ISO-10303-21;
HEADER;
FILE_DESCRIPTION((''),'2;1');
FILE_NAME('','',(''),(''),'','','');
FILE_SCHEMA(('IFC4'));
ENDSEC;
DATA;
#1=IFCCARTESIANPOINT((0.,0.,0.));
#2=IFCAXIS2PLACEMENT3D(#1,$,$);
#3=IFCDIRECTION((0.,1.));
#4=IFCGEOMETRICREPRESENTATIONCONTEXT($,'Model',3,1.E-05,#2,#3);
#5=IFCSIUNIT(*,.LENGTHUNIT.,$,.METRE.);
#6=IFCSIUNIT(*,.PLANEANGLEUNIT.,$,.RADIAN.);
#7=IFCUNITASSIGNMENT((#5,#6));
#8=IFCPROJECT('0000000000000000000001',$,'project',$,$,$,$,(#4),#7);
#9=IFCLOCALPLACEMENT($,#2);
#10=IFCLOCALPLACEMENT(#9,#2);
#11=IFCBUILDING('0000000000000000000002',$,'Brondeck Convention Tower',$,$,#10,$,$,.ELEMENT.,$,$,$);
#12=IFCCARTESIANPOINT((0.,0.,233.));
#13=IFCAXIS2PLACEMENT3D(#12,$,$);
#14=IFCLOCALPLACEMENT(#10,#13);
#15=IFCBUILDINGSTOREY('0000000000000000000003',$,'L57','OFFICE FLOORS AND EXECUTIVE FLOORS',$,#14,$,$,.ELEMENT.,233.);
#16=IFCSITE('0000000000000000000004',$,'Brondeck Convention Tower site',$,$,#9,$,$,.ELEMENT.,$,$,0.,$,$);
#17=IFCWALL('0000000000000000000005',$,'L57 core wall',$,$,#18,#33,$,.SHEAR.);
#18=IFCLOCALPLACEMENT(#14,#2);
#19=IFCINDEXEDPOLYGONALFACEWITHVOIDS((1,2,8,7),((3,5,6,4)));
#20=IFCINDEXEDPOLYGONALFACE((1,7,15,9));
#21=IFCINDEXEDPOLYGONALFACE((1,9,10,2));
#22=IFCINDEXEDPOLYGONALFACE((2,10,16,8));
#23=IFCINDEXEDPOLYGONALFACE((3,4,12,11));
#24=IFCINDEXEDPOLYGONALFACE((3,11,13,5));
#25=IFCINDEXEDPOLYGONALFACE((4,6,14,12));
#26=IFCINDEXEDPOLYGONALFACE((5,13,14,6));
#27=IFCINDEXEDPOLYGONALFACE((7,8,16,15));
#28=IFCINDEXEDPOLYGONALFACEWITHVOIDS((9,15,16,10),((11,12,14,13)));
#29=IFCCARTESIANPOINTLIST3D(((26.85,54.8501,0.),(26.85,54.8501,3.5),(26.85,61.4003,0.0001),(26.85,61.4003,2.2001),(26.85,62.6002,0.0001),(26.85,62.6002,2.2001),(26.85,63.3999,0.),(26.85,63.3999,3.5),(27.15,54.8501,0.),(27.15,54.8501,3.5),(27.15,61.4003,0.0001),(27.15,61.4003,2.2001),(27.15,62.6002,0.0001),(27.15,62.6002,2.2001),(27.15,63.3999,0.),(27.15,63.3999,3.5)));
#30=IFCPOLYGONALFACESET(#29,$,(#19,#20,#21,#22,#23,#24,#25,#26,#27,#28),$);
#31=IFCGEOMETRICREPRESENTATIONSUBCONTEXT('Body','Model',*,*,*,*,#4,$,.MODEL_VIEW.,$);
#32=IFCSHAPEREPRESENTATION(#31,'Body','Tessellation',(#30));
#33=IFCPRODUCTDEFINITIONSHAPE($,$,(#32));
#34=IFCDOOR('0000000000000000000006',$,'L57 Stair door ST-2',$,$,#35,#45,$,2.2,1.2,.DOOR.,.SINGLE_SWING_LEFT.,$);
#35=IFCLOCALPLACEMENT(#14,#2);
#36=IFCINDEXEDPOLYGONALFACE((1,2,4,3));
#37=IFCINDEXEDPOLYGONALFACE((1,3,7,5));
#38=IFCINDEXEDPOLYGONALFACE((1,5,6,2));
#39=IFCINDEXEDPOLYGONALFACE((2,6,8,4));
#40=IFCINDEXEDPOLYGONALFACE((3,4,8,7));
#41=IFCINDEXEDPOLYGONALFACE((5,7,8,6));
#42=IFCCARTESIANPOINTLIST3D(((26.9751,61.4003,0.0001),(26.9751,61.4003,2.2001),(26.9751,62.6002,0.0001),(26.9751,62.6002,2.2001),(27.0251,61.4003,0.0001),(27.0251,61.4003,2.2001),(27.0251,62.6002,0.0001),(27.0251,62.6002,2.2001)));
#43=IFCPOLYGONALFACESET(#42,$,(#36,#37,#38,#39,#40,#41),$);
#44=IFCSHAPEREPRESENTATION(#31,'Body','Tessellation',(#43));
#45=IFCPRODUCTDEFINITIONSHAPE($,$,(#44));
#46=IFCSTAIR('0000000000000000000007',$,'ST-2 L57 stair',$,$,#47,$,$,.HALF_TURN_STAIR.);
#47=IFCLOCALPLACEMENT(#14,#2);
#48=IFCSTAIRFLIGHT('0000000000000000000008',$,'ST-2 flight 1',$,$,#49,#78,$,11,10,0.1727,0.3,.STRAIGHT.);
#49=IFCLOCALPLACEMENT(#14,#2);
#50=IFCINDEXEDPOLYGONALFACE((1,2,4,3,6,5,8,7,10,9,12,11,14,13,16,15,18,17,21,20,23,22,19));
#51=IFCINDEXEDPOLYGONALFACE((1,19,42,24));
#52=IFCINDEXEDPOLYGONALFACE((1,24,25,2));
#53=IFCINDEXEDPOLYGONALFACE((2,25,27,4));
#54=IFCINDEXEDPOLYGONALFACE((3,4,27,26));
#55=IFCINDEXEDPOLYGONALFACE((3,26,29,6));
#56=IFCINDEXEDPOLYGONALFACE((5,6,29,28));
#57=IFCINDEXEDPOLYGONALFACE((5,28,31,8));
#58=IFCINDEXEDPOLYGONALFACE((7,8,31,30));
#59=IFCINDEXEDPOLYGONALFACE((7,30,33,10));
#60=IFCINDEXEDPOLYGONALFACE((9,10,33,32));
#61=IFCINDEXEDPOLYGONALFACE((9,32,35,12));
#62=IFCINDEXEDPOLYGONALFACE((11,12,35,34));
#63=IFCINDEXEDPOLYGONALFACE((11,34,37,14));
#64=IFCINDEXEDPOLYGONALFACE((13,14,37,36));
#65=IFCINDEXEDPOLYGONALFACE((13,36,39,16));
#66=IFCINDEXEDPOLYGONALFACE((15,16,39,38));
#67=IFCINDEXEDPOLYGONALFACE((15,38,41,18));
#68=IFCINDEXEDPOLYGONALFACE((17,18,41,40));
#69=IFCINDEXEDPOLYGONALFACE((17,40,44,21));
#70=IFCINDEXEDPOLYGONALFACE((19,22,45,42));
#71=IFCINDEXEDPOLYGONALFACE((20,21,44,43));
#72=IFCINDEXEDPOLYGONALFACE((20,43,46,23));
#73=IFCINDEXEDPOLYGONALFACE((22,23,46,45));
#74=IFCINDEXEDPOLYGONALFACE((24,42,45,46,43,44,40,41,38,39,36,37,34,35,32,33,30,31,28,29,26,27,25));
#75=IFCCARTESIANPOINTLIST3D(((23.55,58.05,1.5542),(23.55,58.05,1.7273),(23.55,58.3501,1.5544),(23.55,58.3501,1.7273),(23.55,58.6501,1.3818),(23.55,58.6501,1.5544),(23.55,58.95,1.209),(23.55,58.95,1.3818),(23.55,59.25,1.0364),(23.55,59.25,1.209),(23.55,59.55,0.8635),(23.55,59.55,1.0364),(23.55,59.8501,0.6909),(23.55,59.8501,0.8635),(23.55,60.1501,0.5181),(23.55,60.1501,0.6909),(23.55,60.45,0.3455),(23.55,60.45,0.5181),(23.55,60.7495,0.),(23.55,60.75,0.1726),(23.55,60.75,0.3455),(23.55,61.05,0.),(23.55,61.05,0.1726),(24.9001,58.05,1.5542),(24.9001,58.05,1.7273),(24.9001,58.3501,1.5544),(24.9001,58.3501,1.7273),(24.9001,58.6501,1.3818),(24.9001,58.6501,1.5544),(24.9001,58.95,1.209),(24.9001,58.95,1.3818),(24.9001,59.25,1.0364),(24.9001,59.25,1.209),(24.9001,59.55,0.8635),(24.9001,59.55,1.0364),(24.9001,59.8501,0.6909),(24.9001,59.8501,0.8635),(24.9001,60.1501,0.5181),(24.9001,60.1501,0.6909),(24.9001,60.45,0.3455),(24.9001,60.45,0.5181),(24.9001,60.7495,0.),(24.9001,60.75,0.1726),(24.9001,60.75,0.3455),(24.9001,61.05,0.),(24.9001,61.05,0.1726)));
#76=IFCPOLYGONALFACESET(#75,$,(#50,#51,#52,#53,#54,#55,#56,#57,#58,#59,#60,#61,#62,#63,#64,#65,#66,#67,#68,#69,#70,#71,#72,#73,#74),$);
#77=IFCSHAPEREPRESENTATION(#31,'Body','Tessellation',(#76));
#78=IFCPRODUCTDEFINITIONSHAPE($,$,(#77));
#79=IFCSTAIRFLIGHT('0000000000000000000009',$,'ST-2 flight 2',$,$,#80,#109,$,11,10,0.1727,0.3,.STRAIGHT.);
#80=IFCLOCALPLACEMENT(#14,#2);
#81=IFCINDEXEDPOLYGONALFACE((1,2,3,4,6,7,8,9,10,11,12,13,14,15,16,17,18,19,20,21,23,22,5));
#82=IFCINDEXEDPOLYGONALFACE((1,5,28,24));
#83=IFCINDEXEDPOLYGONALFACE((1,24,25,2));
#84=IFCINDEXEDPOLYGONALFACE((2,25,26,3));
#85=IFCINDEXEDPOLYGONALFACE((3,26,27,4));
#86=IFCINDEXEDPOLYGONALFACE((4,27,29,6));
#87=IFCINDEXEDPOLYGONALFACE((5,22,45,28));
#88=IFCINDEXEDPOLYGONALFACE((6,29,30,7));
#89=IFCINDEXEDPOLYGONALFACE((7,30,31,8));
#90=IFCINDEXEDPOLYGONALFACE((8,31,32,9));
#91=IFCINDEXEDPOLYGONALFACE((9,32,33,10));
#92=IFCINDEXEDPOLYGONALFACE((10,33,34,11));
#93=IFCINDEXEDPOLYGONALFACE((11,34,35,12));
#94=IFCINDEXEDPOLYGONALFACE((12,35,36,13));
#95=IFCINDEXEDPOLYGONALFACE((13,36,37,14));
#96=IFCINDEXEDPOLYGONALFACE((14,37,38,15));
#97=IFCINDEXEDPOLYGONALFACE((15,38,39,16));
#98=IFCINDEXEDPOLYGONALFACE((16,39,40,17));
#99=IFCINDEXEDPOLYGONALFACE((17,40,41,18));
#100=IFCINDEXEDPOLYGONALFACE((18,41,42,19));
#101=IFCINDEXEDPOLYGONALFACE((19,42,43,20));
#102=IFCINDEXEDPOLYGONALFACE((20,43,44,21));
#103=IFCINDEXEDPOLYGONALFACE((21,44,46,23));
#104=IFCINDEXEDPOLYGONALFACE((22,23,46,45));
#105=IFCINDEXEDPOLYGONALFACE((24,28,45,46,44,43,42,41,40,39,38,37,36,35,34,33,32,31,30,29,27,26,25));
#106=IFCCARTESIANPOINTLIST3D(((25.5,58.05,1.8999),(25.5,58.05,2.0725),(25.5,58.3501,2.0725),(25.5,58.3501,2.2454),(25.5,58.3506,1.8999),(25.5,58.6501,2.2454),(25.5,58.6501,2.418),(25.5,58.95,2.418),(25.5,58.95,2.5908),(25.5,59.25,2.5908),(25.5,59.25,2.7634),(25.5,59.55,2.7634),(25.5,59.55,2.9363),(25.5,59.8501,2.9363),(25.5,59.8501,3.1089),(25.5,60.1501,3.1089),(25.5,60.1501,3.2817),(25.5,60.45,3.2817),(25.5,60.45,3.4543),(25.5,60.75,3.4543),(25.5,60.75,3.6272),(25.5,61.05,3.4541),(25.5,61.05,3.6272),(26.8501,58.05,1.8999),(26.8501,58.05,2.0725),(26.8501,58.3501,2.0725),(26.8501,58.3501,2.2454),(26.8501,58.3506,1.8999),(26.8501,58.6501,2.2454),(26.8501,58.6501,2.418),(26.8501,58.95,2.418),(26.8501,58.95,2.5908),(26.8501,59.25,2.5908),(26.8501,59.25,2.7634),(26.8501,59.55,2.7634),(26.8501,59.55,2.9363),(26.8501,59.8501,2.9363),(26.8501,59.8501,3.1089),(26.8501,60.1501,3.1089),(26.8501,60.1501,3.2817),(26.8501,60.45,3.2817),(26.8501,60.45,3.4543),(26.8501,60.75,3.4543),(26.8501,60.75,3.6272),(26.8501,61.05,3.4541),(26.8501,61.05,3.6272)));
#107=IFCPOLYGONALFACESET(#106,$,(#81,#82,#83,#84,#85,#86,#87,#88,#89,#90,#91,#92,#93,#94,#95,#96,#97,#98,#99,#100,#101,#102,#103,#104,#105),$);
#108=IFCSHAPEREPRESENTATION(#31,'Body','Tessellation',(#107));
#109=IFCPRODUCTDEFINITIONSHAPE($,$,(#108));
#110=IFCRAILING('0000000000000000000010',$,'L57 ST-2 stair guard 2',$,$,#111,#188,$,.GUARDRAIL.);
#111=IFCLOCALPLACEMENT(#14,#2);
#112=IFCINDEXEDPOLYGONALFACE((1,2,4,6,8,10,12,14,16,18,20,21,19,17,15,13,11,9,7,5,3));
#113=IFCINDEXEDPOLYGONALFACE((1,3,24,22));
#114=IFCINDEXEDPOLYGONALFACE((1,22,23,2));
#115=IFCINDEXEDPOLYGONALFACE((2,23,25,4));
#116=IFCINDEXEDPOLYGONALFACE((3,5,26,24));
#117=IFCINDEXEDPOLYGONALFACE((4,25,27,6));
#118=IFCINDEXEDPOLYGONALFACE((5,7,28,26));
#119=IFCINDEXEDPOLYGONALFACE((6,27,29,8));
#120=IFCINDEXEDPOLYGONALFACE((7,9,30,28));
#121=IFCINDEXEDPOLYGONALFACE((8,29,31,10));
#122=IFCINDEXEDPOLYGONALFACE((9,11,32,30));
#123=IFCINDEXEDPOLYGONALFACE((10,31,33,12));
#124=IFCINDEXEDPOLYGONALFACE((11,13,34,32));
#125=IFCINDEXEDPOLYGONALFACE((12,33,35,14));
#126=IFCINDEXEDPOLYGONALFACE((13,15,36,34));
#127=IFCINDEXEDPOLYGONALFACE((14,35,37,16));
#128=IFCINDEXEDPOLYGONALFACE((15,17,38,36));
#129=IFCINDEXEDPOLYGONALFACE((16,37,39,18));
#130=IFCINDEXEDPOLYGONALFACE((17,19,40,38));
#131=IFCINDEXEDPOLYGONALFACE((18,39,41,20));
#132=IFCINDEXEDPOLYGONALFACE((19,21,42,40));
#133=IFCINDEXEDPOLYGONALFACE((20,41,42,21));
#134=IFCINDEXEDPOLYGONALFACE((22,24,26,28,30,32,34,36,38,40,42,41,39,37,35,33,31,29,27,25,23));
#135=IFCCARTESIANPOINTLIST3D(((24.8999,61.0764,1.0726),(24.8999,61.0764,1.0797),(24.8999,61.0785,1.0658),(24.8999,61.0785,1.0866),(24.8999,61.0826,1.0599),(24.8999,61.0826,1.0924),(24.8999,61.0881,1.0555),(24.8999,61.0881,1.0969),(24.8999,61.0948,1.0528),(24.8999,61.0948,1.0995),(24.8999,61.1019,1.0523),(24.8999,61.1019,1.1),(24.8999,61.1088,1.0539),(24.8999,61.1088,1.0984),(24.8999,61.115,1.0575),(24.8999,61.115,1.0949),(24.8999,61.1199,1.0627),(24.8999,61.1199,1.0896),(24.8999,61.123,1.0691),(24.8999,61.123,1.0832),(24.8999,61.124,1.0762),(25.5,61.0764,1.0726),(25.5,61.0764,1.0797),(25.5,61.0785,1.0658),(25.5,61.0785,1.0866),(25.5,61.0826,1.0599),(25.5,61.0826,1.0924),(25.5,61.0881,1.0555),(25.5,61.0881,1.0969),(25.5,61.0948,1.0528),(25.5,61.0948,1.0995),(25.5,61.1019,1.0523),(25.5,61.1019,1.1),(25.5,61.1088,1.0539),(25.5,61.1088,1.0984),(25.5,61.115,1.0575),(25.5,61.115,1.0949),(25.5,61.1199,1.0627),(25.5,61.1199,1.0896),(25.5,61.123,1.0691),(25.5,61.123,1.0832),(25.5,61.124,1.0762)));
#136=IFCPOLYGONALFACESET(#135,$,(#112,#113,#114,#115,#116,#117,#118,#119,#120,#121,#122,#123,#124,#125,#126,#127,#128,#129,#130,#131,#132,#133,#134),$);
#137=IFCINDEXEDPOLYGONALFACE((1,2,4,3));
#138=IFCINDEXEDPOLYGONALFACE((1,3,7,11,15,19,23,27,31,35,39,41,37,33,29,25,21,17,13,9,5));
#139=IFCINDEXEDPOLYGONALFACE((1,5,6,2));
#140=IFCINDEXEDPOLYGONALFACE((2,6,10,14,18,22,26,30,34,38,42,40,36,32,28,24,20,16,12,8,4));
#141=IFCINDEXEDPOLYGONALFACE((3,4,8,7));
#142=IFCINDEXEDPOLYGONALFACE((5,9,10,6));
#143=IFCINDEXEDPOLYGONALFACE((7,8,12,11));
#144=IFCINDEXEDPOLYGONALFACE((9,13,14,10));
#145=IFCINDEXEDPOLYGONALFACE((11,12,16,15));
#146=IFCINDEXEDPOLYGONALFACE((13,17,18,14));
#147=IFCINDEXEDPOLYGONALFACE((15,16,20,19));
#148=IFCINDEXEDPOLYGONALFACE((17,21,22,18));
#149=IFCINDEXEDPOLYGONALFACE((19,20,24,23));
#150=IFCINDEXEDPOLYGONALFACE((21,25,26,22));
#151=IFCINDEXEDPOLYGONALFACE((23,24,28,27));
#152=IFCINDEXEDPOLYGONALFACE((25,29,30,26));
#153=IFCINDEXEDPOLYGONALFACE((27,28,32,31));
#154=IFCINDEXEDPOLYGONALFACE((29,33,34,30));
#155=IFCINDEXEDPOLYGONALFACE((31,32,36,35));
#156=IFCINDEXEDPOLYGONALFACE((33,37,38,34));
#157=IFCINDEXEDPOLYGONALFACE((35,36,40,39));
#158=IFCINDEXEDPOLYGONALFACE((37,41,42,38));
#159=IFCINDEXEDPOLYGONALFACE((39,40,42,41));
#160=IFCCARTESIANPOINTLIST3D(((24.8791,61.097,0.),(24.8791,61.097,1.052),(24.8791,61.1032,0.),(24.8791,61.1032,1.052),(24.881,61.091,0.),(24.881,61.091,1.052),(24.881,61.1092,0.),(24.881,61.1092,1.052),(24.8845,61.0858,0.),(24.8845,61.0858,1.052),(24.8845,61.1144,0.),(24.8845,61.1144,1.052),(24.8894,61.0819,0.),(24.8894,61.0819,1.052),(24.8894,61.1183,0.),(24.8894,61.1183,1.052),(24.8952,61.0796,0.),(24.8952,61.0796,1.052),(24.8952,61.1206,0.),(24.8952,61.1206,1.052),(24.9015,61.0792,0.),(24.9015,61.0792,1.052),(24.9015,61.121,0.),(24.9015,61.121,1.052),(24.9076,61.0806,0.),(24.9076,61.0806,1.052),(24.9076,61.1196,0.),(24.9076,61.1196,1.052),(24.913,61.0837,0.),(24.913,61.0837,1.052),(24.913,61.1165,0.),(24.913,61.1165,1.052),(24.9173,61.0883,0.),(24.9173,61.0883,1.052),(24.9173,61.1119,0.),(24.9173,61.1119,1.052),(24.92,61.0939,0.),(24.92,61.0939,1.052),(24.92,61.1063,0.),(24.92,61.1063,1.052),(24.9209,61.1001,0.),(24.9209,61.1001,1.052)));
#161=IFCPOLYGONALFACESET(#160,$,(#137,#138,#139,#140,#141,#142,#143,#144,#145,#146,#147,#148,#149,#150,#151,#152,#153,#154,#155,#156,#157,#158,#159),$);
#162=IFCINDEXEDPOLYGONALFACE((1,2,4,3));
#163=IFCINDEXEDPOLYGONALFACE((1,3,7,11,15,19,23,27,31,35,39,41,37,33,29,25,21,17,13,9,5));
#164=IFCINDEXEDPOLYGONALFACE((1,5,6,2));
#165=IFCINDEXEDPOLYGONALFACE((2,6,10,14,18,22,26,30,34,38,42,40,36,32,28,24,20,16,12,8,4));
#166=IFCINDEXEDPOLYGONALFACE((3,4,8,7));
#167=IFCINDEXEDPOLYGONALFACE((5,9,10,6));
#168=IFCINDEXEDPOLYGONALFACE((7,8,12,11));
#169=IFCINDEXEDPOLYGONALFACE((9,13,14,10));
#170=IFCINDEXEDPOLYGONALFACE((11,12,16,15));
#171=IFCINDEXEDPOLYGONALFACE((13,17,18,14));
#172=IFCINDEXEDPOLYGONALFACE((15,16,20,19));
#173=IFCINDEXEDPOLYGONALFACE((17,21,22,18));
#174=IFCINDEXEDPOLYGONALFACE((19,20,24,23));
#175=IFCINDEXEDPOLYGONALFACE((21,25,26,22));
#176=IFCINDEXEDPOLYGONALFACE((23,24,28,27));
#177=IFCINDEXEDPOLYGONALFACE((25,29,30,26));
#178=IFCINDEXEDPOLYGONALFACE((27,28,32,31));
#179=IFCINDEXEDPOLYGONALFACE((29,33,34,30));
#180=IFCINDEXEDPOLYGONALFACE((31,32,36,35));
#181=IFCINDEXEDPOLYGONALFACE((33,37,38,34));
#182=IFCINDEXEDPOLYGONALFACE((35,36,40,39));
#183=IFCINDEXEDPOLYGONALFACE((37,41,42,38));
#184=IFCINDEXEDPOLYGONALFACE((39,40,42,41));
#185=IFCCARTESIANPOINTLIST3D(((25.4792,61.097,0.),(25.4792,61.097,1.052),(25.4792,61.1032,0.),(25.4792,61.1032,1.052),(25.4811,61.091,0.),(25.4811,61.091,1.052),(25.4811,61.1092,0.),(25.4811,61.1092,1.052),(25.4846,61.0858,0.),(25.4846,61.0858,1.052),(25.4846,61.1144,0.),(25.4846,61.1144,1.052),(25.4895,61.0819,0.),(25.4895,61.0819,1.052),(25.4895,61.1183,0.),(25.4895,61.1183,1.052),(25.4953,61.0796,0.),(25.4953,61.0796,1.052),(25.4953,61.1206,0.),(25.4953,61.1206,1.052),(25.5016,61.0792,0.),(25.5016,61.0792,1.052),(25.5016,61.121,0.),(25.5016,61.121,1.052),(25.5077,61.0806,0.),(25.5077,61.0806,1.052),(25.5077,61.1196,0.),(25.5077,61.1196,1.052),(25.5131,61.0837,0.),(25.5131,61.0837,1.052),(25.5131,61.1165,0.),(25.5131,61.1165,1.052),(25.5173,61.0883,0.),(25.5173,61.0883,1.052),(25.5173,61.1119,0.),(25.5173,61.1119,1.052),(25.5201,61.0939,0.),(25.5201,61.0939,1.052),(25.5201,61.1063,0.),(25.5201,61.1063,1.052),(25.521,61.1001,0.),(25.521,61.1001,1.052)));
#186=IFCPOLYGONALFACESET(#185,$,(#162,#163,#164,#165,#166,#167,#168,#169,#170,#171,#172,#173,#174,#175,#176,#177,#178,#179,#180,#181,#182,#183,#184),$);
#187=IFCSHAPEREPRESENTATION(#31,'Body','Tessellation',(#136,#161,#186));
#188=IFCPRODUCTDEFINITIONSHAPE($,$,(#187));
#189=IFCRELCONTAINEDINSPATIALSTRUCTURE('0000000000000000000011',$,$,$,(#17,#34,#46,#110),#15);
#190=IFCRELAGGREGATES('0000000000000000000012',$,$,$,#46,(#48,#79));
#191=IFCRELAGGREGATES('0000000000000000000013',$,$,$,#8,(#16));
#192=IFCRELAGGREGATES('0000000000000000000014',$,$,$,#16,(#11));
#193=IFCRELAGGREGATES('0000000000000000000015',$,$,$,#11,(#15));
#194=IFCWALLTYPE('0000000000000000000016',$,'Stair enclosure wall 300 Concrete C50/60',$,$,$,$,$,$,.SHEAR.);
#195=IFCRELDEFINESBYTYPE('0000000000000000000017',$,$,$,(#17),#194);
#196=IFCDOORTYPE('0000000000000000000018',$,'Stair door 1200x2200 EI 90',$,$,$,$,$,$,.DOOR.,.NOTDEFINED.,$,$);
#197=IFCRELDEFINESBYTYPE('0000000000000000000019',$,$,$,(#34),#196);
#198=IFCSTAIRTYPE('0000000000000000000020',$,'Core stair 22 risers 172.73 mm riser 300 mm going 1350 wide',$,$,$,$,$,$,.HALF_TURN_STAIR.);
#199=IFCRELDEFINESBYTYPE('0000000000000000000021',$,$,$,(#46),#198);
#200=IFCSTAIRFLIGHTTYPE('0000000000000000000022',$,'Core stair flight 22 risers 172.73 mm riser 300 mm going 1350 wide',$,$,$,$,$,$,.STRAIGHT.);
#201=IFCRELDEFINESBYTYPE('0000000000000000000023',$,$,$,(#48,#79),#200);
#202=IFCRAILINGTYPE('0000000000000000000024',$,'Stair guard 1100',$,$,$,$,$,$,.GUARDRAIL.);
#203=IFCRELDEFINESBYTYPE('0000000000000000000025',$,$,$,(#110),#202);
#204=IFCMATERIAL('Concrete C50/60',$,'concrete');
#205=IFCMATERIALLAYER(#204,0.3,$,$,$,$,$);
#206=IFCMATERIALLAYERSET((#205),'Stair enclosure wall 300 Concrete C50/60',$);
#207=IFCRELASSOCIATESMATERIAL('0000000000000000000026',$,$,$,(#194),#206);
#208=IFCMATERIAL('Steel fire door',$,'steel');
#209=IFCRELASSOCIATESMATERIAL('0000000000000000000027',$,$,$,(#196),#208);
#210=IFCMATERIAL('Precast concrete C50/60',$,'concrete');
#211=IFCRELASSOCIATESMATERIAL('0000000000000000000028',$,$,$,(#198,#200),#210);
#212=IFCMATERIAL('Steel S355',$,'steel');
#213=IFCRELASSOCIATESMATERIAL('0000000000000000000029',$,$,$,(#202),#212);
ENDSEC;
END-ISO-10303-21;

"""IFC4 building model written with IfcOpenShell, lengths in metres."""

from ifc_helpers import new_model, si_unit, direction, frame, frame_2d, origin, origin_2d, place, context, subcontext, project, spatial, polyline, rectangle, circle, outline, extrude, material, layer, layer_set, type_object, element, fill, aggregate, save


model = new_model("IFC4")

# Units and contexts
model_context = context("Model", 3, precision=1e-05, world=origin(), true_north=direction((0.0, 1.0)))
body_context = subcontext(model_context, "Body", "Model", "MODEL_VIEW")
ifc_project = project(units=[si_unit("LENGTHUNIT", "METRE"), si_unit("PLANEANGLEUNIT", "RADIAN")], contexts=[model_context])

# Site, building, storey
site_placement = place(None, origin())
site = spatial("IfcSite", under=ifc_project, at=site_placement, Name="Brondeck Convention Tower site", CompositionType="ELEMENT", RefElevation=0.0)
building_placement = place(site_placement, origin())
building = spatial("IfcBuilding", under=site, at=building_placement, Name="Brondeck Convention Tower", CompositionType="ELEMENT")
storey_placement = place(building_placement, frame((0.0, 0.0, 233.0)))
storey = spatial("IfcBuildingStorey", under=building, at=storey_placement, Name="L57", Description="OFFICE FLOORS AND EXECUTIVE FLOORS", CompositionType="ELEMENT", Elevation=233.0)

# Shared definitions
ifc_material_1 = material(Name="Concrete C50/60", Category="concrete")

# Shared definitions
ifc_material_2 = material(Name="Steel fire door", Category="steel")

# Shared definitions
ifc_layer_1 = layer(ifc_material_1, 0.3)
ifc_layer_set_1 = layer_set([ifc_layer_1], Name="Stair enclosure wall 300 Concrete C50/60")
wall_type_1 = type_object("IfcWallType", Name="Stair enclosure wall 300 Concrete C50/60", PredefinedType="SHEAR", material=ifc_layer_set_1)

# Wall, opening, door
wall_1_placement = place(storey_placement, frame((27.0, 54.8501, 0.0), z_axis=(0.0, 0.0, 1.0), x_axis=(0.0, 1.0, 0.0)))
wall_1 = element("IfcWall", 1, at=wall_1_placement, inside=storey, type_object=wall_type_1, Name="L57 core wall", PredefinedType="SHEAR", context=body_context, shape_type="SweptSolid", body=[
    extrude(rectangle(XDim=8.5498, YDim=0.3, at=frame_2d((4.2749, 0.0))), origin(), (0.0, 0.0, 1.0), 3.5),
])
opening_1_placement = place(wall_1_placement, frame((6.55, 0.0, 0.0)))
opening_1 = element("IfcOpeningElement", 2, at=opening_1_placement, cuts=wall_1, PredefinedType="OPENING", context=body_context, shape_type="SweptSolid", body=[
    extrude(rectangle(XDim=1.2, YDim=2.2, at=frame_2d((0.6001, 1.1001))), frame((0.0, 0.1599, 0.0), z_axis=(0.0, -1.0, 0.0), x_axis=(1.0, 0.0, 0.0)), (0.0, 0.0, 1.0), 0.3201),
])
door_type_1 = type_object("IfcDoorType", Name="Stair door 1200x2200 EI 90", OperationType="NOTDEFINED", PredefinedType="DOOR", material=ifc_material_2)
door_1_placement = place(opening_1_placement, origin())
door_1 = element("IfcDoor", 3, at=door_1_placement, inside=storey, type_object=door_type_1, Name="L57 Stair door ST-2", OperationType="SINGLE_SWING_LEFT", OverallHeight=2.2, OverallWidth=1.2, PredefinedType="DOOR", context=body_context, shape_type="SweptSolid", body=[
    extrude(rectangle(XDim=1.2, YDim=2.2, at=frame_2d((0.6001, 1.1001))), frame((0.0, 0.0249, 0.0), z_axis=(0.0, -1.0, 0.0), x_axis=(1.0, 0.0, 0.0)), (0.0, 0.0, 1.0), 0.05),
])
fill(opening_1, door_1)

# Stair, stair flights
ifc_material_3 = material(Name="Precast concrete C50/60", Category="concrete")
stair_type = type_object("IfcStairType", Name="Core stair 22 risers 172.73 mm riser 300 mm going 1350 wide", PredefinedType="HALF_TURN_STAIR", material=ifc_material_3)
stair_placement = place(storey_placement, origin())
stair = element("IfcStair", 4, at=stair_placement, inside=storey, type_object=stair_type, Name="ST-2 L57 stair", PredefinedType="HALF_TURN_STAIR")
stair_flight_type = type_object("IfcStairFlightType", Name="Core stair flight 22 risers 172.73 mm riser 300 mm going 1350 wide", PredefinedType="STRAIGHT", material=ifc_material_3)
stair_flight_1_placement = place(storey_placement, frame((24.2251, 61.05, 0.0), z_axis=(0.0, 0.0, 1.0), x_axis=(0.0, -1.0, 0.0)))
stair_flight_1 = element("IfcStairFlight", 5, at=stair_flight_1_placement, type_object=stair_flight_type, Name="ST-2 flight 1", NumberOfRisers=11, NumberOfTreads=10, PredefinedType="STRAIGHT", RiserHeight=0.1727, TreadLength=0.3, context=body_context, shape_type="SweptSolid", body=[
    extrude(outline(polyline([(0.0, 0.0), (0.0, 0.1726), (0.3, 0.1726), (0.3, 0.3455), (0.6001, 0.3455), (0.6001, 0.5181), (0.8999, 0.5181), (0.8999, 0.6909), (1.2, 0.6909), (1.2, 0.8635), (1.5, 0.8635), (1.5, 1.0364), (1.8, 1.0364), (1.8, 1.209), (2.1001, 1.209), (2.1001, 1.3818), (2.3999, 1.3818), (2.3999, 1.5544), (2.7, 1.5544), (2.7, 1.7273), (3.0, 1.7273), (3.0, 1.8999), (3.0, 1.5542), (0.3005, 0.0), (0.0, 0.0)])), frame((0.0, 0.675, 0.0), z_axis=(0.0, -1.0, 0.0), x_axis=(1.0, 0.0, 0.0)), (0.0, 0.0, 1.0), 1.3501),
])
stair_flight_2_placement = place(storey_placement, frame((26.175, 58.05, 1.8999), z_axis=(0.0, 0.0, 1.0), x_axis=(0.0, 1.0, 0.0)))
stair_flight_2 = element("IfcStairFlight", 6, at=stair_flight_2_placement, type_object=stair_flight_type, Name="ST-2 flight 2", NumberOfRisers=11, NumberOfTreads=10, PredefinedType="STRAIGHT", RiserHeight=0.1727, TreadLength=0.3, context=body_context, shape_type="SweptSolid", body=[
    extrude(outline(polyline([(0.0, 0.0), (0.0, 0.1726), (0.3, 0.1726), (0.3, 0.3455), (0.6001, 0.3455), (0.6001, 0.5181), (0.8999, 0.5181), (0.8999, 0.6909), (1.2, 0.6909), (1.2, 0.8635), (1.5, 0.8635), (1.5, 1.0364), (1.8, 1.0364), (1.8, 1.209), (2.1001, 1.209), (2.1001, 1.3818), (2.3999, 1.3818), (2.3999, 1.5544), (2.7, 1.5544), (2.7, 1.7273), (3.0, 1.7273), (3.0, 1.8999), (3.0, 1.5542), (0.3005, 0.0), (0.0, 0.0)])), frame((0.0, 0.675, 0.0), z_axis=(0.0, -1.0, 0.0), x_axis=(1.0, 0.0, 0.0)), (0.0, 0.0, 1.0), 1.3501),
])
aggregate(stair, [stair_flight_1, stair_flight_2])

# Railing
ifc_material_4 = material(Name="Steel S355", Category="steel")
railing_type_1 = type_object("IfcRailingType", Name="Stair guard 1100", PredefinedType="GUARDRAIL", material=ifc_material_4)
railing_1_placement = place(storey_placement, frame((24.8999, 61.1001, 0.0)))
element("IfcRailing", 7, at=railing_1_placement, inside=storey, type_object=railing_type_1, Name="L57 ST-2 stair guard 2", PredefinedType="GUARDRAIL", context=body_context, shape_type="SweptSolid", body=[
    extrude(circle(Radius=0.0239, at=origin_2d()), frame((0.0, 0.0, 1.0762), z_axis=(1.0, 0.0, 0.0), x_axis=(0.0, 1.0, 0.0)), (0.0, 0.0, 1.0), 0.6001),
    extrude(circle(Radius=0.021, at=origin_2d()), origin(), (0.0, 0.0, 1.0), 1.052),
    extrude(circle(Radius=0.021, at=origin_2d()), frame((0.6001, 0.0, 0.0)), (0.0, 0.0, 1.0), 1.052),
])

save(model, "model.ifc")
